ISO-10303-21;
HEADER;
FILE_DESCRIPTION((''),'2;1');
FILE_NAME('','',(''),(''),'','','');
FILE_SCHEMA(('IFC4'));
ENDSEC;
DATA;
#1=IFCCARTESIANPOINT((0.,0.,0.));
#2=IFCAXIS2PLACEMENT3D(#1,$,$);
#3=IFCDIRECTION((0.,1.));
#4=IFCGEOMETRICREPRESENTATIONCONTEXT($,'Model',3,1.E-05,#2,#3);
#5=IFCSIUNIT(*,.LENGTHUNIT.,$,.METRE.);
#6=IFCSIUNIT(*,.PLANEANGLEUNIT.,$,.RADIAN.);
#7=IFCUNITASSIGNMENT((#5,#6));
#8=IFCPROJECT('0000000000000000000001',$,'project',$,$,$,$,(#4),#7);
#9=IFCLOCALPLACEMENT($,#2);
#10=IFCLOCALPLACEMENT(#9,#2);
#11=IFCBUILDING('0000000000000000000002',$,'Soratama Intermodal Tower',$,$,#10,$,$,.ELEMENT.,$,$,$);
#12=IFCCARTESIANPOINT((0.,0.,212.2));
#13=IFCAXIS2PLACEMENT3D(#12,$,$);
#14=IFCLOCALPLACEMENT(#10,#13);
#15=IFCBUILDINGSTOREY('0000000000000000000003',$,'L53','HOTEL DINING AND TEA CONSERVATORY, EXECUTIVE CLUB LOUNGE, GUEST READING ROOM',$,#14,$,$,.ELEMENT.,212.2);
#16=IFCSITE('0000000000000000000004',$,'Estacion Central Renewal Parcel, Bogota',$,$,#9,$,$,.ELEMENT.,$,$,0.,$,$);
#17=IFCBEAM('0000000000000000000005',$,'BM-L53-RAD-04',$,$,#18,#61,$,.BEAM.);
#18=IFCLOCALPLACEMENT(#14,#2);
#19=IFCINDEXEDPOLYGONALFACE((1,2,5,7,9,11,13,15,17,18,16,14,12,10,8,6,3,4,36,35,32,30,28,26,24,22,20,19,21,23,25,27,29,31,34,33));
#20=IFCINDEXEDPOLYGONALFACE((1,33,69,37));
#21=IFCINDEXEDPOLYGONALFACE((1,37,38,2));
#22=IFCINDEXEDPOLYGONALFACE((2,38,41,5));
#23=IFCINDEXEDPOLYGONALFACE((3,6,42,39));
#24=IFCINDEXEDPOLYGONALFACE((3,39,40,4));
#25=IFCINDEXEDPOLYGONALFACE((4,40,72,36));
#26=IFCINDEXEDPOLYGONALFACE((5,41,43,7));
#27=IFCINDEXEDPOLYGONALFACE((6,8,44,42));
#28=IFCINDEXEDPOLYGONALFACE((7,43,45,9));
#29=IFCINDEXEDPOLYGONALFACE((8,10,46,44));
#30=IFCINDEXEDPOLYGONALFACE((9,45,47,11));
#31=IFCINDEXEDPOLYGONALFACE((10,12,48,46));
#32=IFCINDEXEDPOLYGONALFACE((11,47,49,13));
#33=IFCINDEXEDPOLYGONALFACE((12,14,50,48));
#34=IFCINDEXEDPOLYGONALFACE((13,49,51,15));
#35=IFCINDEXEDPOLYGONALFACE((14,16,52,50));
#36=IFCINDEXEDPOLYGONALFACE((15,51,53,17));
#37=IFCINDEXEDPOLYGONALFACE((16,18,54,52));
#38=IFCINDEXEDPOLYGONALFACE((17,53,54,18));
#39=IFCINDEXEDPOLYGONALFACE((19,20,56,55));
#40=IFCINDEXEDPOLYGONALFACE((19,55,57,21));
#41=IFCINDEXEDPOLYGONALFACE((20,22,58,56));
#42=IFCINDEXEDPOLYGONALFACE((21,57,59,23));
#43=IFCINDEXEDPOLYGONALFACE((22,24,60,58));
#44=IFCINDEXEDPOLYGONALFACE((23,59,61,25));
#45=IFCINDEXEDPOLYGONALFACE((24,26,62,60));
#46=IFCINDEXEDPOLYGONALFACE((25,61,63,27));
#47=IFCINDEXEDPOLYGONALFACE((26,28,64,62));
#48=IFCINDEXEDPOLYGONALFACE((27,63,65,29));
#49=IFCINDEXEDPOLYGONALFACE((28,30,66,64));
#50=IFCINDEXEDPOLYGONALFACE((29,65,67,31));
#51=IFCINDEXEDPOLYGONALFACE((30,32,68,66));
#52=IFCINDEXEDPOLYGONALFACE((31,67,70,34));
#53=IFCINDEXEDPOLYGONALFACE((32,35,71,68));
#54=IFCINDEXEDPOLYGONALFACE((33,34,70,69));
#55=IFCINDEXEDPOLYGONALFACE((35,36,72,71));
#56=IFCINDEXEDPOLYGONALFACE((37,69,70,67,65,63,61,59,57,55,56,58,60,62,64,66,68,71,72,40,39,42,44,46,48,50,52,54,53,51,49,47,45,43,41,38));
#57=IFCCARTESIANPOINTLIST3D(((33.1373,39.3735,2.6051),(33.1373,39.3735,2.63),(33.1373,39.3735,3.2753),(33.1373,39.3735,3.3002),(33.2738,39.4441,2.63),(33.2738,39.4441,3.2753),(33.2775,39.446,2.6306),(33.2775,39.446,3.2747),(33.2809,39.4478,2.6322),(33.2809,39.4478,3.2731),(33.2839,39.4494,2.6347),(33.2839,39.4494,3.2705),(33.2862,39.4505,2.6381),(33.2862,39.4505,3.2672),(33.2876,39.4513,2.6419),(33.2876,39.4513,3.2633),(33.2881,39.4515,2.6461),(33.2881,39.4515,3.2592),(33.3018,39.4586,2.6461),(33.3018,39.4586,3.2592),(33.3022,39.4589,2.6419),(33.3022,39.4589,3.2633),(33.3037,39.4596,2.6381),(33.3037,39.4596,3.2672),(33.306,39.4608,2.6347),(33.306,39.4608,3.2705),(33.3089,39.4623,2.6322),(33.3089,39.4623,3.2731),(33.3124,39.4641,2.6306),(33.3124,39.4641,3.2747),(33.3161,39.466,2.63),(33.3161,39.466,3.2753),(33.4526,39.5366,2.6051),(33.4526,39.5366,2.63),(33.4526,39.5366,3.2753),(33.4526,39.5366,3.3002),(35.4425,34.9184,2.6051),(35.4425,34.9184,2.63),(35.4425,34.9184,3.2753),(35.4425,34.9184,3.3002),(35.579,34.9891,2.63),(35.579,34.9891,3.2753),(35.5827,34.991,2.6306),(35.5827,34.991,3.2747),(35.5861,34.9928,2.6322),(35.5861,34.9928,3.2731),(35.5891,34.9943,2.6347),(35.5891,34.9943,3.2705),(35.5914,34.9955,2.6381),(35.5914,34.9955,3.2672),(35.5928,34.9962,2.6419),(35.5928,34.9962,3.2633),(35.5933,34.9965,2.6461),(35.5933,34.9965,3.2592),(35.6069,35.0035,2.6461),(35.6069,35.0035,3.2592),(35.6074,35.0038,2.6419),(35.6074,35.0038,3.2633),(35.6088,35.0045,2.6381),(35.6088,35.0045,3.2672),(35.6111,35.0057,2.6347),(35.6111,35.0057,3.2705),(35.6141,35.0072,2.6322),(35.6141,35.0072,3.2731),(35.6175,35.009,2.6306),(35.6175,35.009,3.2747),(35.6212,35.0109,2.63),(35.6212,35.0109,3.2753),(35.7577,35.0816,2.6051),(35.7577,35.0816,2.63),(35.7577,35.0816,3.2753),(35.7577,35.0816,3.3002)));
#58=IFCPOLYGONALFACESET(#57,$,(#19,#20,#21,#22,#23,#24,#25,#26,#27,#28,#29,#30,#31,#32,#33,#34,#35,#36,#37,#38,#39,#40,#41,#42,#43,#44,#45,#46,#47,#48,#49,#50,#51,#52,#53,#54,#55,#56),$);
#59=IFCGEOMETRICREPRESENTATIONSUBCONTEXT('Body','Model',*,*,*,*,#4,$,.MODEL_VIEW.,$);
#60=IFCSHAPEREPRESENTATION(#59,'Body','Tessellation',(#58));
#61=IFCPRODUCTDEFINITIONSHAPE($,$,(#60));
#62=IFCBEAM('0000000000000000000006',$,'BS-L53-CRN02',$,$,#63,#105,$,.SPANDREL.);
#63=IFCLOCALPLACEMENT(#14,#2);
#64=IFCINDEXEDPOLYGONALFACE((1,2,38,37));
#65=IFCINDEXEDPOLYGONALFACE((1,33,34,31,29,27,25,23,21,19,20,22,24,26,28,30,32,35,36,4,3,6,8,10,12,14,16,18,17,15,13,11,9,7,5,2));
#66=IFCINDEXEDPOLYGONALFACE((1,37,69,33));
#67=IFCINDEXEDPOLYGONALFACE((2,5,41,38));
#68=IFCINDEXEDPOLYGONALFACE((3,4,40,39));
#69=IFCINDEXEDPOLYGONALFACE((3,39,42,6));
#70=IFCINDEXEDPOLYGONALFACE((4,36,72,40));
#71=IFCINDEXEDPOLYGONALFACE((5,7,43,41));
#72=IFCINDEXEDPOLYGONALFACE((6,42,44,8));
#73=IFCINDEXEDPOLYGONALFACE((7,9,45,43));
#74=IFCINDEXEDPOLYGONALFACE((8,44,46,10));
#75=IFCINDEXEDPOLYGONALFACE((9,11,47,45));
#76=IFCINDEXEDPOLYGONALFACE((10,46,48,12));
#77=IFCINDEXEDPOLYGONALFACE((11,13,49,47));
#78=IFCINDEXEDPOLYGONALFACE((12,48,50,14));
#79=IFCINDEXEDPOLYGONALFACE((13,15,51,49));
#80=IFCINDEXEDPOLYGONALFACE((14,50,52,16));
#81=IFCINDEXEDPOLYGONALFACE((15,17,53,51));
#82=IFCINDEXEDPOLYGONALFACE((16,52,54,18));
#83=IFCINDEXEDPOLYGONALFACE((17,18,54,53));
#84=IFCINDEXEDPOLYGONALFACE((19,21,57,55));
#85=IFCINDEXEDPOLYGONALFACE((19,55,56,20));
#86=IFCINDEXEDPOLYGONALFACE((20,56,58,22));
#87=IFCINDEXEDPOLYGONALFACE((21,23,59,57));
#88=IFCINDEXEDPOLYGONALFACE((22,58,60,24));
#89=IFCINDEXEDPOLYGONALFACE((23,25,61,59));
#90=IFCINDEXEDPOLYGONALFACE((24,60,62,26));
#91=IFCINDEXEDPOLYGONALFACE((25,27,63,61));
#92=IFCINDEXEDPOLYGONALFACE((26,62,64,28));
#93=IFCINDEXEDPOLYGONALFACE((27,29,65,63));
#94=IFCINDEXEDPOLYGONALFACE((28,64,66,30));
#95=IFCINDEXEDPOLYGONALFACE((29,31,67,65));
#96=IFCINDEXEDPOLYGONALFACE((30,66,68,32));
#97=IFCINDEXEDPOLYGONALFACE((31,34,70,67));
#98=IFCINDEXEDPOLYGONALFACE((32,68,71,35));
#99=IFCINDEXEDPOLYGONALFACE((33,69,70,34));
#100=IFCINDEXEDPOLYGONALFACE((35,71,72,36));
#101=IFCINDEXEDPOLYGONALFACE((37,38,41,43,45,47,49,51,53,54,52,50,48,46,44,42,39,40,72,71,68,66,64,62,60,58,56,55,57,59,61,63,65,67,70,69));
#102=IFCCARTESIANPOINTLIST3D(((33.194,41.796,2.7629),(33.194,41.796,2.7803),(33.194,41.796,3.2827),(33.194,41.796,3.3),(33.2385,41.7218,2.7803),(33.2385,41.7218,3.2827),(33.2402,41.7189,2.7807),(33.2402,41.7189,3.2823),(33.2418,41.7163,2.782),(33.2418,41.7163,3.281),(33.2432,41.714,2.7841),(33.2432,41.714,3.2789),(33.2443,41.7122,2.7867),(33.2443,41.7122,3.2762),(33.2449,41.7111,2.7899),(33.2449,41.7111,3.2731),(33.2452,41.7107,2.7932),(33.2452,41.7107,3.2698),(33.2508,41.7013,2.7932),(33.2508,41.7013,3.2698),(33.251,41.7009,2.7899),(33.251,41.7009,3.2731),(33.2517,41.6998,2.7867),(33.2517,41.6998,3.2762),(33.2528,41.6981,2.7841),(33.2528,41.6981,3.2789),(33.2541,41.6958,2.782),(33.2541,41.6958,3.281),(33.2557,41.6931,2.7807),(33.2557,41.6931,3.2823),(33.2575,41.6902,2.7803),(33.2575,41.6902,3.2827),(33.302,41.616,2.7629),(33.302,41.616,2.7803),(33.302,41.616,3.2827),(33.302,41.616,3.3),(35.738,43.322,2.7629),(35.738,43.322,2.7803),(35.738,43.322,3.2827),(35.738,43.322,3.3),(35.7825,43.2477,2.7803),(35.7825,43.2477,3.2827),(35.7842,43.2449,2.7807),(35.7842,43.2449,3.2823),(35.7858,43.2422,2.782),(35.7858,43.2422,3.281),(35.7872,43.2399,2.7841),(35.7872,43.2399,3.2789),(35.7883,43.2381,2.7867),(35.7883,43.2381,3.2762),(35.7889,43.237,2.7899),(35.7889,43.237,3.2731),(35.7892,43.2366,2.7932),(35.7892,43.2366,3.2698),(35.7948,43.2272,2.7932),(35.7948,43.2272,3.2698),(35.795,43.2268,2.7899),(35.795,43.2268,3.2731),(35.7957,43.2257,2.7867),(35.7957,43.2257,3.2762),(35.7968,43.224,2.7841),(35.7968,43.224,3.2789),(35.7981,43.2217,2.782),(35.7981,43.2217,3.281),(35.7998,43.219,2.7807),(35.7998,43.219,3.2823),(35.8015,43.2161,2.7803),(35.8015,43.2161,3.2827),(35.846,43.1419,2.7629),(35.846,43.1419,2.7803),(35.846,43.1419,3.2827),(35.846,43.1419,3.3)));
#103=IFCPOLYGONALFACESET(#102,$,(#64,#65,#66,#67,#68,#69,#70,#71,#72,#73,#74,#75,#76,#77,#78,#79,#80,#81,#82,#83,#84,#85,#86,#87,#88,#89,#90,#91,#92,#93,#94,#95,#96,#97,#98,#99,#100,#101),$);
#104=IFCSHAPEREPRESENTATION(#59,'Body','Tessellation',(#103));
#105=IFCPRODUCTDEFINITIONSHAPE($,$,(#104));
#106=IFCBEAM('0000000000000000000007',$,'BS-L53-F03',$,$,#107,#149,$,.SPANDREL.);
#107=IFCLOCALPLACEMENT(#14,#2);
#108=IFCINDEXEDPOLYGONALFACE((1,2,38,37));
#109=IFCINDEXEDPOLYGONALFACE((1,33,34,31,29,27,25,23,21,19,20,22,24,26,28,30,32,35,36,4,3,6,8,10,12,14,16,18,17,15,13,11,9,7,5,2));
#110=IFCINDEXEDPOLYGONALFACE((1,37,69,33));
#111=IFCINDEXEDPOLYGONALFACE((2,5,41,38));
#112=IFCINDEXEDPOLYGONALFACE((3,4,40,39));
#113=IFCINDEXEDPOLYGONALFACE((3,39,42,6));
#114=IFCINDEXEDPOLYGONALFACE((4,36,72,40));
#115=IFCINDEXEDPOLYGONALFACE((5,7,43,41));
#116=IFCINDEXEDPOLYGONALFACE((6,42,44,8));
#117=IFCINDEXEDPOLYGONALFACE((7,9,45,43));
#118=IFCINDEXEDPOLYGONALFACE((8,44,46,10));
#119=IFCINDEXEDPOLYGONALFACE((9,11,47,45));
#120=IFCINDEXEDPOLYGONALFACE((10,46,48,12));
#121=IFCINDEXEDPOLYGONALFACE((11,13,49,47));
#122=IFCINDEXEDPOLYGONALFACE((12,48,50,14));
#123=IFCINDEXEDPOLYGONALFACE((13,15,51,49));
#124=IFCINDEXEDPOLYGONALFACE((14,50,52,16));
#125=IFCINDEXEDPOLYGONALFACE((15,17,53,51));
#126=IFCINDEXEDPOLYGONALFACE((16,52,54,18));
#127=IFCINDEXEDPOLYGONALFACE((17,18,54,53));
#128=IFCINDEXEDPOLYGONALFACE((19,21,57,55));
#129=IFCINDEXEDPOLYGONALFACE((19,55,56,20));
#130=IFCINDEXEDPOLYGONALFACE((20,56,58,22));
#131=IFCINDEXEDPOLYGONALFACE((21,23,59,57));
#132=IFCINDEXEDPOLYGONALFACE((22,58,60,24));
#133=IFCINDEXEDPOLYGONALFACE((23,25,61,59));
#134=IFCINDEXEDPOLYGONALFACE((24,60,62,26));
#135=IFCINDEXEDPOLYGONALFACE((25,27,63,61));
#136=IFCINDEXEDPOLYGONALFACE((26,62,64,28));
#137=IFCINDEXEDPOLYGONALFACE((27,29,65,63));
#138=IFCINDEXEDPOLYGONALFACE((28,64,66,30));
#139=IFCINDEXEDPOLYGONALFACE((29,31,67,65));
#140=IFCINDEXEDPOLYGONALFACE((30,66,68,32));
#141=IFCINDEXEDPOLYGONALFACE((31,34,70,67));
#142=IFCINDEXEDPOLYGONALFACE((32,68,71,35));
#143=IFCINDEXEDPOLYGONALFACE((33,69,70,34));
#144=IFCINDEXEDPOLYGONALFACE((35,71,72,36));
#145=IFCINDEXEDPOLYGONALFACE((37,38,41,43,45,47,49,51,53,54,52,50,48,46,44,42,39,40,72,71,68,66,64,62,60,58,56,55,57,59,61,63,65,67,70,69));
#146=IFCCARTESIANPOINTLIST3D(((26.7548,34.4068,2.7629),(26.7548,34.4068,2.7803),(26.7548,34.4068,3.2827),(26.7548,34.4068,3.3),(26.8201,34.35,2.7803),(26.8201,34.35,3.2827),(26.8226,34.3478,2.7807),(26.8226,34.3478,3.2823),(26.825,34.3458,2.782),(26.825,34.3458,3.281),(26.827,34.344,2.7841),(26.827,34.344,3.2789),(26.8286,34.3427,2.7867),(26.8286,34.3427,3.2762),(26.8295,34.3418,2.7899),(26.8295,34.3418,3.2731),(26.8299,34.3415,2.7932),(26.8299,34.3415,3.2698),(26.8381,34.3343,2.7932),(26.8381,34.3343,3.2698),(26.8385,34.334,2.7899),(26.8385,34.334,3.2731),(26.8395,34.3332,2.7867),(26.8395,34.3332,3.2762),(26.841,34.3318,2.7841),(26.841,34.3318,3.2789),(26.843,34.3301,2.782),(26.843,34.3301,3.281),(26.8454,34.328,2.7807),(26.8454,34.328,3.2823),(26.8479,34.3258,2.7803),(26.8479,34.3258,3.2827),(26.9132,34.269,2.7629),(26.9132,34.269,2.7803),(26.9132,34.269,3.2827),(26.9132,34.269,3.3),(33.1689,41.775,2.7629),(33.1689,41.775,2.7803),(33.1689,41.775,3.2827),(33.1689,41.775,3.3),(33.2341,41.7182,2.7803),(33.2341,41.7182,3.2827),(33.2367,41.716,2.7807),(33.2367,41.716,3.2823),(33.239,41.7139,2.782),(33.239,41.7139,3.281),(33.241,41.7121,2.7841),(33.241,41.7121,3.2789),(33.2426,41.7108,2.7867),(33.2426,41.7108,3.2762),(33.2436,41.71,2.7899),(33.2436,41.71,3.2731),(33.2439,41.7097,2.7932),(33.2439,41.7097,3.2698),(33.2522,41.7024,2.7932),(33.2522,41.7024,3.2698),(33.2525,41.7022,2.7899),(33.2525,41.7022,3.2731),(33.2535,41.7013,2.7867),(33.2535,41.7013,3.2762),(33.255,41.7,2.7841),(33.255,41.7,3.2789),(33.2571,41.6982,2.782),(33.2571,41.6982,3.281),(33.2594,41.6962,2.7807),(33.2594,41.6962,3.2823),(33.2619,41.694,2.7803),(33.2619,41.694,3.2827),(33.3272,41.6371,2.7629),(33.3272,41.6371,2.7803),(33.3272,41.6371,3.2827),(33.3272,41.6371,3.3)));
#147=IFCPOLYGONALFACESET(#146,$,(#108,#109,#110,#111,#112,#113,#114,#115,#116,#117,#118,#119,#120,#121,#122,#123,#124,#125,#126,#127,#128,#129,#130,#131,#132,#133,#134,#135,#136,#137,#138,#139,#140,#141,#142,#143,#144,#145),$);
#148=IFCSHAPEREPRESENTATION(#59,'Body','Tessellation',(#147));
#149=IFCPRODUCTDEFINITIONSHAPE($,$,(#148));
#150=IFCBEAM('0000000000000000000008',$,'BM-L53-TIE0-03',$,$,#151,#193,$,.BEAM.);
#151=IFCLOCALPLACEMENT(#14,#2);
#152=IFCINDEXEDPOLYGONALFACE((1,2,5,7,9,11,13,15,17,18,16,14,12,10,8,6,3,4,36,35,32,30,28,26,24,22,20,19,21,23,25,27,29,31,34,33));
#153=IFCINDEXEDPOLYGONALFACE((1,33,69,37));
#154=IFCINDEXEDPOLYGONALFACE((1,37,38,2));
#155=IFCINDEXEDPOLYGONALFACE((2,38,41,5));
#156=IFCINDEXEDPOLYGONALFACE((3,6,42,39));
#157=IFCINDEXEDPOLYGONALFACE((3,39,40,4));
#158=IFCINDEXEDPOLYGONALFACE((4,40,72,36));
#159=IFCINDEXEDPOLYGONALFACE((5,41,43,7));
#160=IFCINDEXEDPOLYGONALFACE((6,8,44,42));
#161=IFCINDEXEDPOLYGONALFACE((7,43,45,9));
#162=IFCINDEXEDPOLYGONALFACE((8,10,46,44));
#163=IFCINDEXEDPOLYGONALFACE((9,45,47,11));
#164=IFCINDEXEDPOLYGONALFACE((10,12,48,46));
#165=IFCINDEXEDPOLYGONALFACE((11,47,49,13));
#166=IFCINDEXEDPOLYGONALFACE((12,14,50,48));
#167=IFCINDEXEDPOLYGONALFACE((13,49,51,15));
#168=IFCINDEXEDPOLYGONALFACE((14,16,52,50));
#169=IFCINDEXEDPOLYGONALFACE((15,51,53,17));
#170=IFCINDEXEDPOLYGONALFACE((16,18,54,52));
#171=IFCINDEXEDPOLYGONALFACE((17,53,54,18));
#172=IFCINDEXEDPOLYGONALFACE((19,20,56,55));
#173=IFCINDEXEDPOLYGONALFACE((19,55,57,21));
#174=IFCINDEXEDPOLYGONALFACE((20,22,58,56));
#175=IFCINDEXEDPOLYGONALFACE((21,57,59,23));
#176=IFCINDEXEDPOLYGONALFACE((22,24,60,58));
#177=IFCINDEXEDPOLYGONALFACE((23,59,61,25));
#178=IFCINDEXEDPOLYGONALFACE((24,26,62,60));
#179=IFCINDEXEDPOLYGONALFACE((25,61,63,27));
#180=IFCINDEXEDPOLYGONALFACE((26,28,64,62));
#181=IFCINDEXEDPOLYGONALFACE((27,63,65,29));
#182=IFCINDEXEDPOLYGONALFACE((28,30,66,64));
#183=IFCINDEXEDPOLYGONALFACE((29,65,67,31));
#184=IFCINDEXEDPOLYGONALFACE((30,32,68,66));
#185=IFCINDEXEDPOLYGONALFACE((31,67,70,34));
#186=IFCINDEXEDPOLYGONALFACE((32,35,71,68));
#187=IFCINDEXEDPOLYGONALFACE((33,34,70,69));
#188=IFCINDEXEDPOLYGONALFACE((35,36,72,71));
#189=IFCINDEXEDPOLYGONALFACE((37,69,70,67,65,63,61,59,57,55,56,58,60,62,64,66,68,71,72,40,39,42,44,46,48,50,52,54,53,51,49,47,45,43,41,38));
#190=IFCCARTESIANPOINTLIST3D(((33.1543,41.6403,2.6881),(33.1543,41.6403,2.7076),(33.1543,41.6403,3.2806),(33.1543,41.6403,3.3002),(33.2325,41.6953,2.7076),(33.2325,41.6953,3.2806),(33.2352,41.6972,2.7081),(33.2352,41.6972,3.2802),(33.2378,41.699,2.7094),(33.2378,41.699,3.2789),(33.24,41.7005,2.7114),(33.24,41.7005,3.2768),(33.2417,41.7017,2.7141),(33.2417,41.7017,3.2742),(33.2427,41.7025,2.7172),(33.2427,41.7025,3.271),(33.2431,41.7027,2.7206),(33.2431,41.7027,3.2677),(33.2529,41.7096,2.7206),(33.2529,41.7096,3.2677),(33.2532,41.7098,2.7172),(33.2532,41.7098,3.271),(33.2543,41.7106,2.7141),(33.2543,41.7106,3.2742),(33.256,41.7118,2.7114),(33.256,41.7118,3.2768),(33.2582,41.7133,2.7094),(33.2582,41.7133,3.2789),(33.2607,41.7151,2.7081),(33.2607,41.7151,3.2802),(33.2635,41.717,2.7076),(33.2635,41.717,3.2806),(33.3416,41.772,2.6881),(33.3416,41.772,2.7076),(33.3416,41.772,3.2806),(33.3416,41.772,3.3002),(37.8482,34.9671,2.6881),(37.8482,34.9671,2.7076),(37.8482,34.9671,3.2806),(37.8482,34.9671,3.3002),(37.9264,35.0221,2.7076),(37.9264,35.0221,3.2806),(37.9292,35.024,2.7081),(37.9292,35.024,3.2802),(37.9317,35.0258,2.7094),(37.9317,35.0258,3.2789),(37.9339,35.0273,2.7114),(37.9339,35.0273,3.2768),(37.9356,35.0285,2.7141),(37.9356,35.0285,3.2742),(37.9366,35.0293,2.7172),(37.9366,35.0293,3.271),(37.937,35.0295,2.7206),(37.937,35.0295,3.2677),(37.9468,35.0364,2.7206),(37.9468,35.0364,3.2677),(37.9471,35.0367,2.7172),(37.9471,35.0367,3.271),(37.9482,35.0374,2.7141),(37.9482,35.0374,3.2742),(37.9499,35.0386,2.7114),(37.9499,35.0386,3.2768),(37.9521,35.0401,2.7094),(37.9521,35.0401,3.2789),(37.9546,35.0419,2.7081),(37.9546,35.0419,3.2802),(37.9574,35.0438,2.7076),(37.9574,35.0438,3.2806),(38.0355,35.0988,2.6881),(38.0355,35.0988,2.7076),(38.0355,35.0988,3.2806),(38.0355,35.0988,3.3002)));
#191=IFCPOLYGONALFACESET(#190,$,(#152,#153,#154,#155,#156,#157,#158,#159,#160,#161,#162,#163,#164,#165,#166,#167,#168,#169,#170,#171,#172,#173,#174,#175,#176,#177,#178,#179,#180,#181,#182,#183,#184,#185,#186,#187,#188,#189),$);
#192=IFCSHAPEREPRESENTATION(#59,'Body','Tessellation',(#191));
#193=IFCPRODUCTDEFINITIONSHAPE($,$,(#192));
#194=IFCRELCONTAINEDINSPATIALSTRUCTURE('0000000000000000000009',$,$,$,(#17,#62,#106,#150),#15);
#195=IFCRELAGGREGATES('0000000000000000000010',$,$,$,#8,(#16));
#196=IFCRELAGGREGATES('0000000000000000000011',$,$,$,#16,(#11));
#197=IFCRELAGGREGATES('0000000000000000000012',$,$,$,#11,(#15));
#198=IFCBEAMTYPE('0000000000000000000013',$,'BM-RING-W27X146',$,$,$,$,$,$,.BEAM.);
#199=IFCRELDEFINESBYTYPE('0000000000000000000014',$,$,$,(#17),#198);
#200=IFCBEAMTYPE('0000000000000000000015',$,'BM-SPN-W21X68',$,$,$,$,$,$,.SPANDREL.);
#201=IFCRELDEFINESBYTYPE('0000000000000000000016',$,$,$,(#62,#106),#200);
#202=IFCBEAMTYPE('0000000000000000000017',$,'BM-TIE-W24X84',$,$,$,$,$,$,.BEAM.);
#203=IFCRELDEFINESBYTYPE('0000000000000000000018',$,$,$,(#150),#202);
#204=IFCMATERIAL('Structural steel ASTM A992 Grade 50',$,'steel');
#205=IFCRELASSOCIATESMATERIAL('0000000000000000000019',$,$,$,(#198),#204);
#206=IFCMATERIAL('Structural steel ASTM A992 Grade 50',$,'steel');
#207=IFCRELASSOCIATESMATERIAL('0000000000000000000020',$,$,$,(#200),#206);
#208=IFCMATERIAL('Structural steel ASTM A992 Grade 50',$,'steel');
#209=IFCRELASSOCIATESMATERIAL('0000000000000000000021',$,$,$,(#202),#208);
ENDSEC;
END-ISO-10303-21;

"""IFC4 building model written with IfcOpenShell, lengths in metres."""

from ifc_helpers import new_model, si_unit, direction, frame, origin, origin_2d, place, context, subcontext, project, spatial, i_section, extrude, material, material_profile, profile_set, type_object, element, save


model = new_model("IFC4")

# Units and contexts
model_context = context("Model", 3, precision=1e-05, world=origin(), true_north=direction((0.0, 1.0)))
body_context = subcontext(model_context, "Body", "Model", "MODEL_VIEW")
ifc_project = project(units=[si_unit("LENGTHUNIT", "METRE"), si_unit("PLANEANGLEUNIT", "RADIAN")], contexts=[model_context])

# Site, building, storey
site_placement = place(None, origin())
site = spatial("IfcSite", under=ifc_project, at=site_placement, Name="Estacion Central Renewal Parcel, Bogota", CompositionType="ELEMENT", RefElevation=0.0)
building_placement = place(site_placement, origin())
building = spatial("IfcBuilding", under=site, at=building_placement, Name="Soratama Intermodal Tower", CompositionType="ELEMENT")
storey_placement = place(building_placement, frame((0.0, 0.0, 212.2)))
storey = spatial("IfcBuildingStorey", under=building, at=storey_placement, Name="L53", Description="HOTEL DINING AND TEA CONSERVATORY, EXECUTIVE CLUB LOUNGE, GUEST READING ROOM", CompositionType="ELEMENT", Elevation=212.2)

# Beams
ifc_material_1 = material(Name="Structural steel ASTM A992 Grade 50", Category="steel")
ifc_material_profile_1 = material_profile(ifc_material_1, i_section(OverallWidth=0.355, OverallDepth=0.6951, WebThickness=0.0154, FlangeThickness=0.0249, FilletRadius=0.0161, at=origin_2d()), Name="W27X146")
ifc_profile_set_1 = profile_set([ifc_material_profile_1], Name="Structural steel ASTM A992 Grade 50")
beam_type_1 = type_object("IfcBeamType", Name="BM-RING-W27X146", PredefinedType="BEAM", material=ifc_profile_set_1)
beam_1_placement = place(storey_placement, frame((35.6001, 35.0, 2.9526), z_axis=(-0.459553, 0.888151, 0.0), x_axis=(-0.888151, -0.459553, 0.0)))
element("IfcBeam", 1, at=beam_1_placement, inside=storey, type_object=beam_type_1, Name="BM-L53-RAD-04", PredefinedType="BEAM", context=body_context, shape_type="SweptSolid", body=[
    extrude(i_section(OverallWidth=0.355, OverallDepth=0.6951, WebThickness=0.0154, FlangeThickness=0.0249, FilletRadius=0.0161, at=origin_2d()), origin(), (0.0, 0.0, 1.0), 5.0161),
])
ifc_material_2 = material(Name="Structural steel ASTM A992 Grade 50", Category="steel")
ifc_material_profile_2 = material_profile(ifc_material_2, i_section(OverallWidth=0.21, OverallDepth=0.5371, WebThickness=0.011, FlangeThickness=0.0173, FilletRadius=0.0129, at=origin_2d()), Name="W21X68")
ifc_profile_set_2 = profile_set([ifc_material_profile_2], Name="Structural steel ASTM A992 Grade 50")
beam_type_2 = type_object("IfcBeamType", Name="BM-SPN-W21X68", PredefinedType="SPANDREL", material=ifc_profile_set_2)
beam_2_placement = place(storey_placement, frame((35.792, 43.2319, 3.0315), z_axis=(-0.857566, -0.514375, 0.0), x_axis=(0.514375, -0.857566, 0.0)))
element("IfcBeam", 2, at=beam_2_placement, inside=storey, type_object=beam_type_2, Name="BS-L53-CRN02", PredefinedType="SPANDREL", context=body_context, shape_type="SweptSolid", body=[
    extrude(i_section(OverallWidth=0.21, OverallDepth=0.5371, WebThickness=0.011, FlangeThickness=0.0173, FilletRadius=0.0129, at=origin_2d()), origin(), (0.0, 0.0, 1.0), 2.9666),
])
beam_3_placement = place(storey_placement, frame((33.248, 41.7061, 3.0315), z_axis=(-0.656585, -0.754252, 0.0), x_axis=(0.754252, -0.656585, 0.0)))
element("IfcBeam", 3, at=beam_3_placement, inside=storey, type_object=beam_type_2, Name="BS-L53-F03", PredefinedType="SPANDREL", context=body_context, shape_type="SweptSolid", body=[
    extrude(i_section(OverallWidth=0.21, OverallDepth=0.5371, WebThickness=0.011, FlangeThickness=0.0173, FilletRadius=0.0129, at=origin_2d()), origin(), (0.0, 0.0, 1.0), 9.7688),
])
ifc_material_3 = material(Name="Structural steel ASTM A992 Grade 50", Category="steel")
ifc_material_profile_3 = material_profile(ifc_material_3, i_section(OverallWidth=0.229, OverallDepth=0.6121, WebThickness=0.012, FlangeThickness=0.0195, FilletRadius=0.0129, at=origin_2d()), Name="W24X84")
ifc_profile_set_3 = profile_set([ifc_material_profile_3], Name="Structural steel ASTM A992 Grade 50")
beam_type_3 = type_object("IfcBeamType", Name="BM-TIE-W24X84", PredefinedType="BEAM", material=ifc_profile_set_3)
beam_4_placement = place(storey_placement, frame((37.9419, 35.033, 2.9941), z_axis=(-0.575327, 0.817924, 0.0), x_axis=(-0.817924, -0.575327, 0.0)))
element("IfcBeam", 4, at=beam_4_placement, inside=storey, type_object=beam_type_3, Name="BM-L53-TIE0-03", PredefinedType="BEAM", context=body_context, shape_type="SweptSolid", body=[
    extrude(i_section(OverallWidth=0.229, OverallDepth=0.6121, WebThickness=0.012, FlangeThickness=0.0195, FilletRadius=0.0129, at=origin_2d()), origin(), (0.0, 0.0, 1.0), 8.1587),
])

save(model, "model.ifc")
